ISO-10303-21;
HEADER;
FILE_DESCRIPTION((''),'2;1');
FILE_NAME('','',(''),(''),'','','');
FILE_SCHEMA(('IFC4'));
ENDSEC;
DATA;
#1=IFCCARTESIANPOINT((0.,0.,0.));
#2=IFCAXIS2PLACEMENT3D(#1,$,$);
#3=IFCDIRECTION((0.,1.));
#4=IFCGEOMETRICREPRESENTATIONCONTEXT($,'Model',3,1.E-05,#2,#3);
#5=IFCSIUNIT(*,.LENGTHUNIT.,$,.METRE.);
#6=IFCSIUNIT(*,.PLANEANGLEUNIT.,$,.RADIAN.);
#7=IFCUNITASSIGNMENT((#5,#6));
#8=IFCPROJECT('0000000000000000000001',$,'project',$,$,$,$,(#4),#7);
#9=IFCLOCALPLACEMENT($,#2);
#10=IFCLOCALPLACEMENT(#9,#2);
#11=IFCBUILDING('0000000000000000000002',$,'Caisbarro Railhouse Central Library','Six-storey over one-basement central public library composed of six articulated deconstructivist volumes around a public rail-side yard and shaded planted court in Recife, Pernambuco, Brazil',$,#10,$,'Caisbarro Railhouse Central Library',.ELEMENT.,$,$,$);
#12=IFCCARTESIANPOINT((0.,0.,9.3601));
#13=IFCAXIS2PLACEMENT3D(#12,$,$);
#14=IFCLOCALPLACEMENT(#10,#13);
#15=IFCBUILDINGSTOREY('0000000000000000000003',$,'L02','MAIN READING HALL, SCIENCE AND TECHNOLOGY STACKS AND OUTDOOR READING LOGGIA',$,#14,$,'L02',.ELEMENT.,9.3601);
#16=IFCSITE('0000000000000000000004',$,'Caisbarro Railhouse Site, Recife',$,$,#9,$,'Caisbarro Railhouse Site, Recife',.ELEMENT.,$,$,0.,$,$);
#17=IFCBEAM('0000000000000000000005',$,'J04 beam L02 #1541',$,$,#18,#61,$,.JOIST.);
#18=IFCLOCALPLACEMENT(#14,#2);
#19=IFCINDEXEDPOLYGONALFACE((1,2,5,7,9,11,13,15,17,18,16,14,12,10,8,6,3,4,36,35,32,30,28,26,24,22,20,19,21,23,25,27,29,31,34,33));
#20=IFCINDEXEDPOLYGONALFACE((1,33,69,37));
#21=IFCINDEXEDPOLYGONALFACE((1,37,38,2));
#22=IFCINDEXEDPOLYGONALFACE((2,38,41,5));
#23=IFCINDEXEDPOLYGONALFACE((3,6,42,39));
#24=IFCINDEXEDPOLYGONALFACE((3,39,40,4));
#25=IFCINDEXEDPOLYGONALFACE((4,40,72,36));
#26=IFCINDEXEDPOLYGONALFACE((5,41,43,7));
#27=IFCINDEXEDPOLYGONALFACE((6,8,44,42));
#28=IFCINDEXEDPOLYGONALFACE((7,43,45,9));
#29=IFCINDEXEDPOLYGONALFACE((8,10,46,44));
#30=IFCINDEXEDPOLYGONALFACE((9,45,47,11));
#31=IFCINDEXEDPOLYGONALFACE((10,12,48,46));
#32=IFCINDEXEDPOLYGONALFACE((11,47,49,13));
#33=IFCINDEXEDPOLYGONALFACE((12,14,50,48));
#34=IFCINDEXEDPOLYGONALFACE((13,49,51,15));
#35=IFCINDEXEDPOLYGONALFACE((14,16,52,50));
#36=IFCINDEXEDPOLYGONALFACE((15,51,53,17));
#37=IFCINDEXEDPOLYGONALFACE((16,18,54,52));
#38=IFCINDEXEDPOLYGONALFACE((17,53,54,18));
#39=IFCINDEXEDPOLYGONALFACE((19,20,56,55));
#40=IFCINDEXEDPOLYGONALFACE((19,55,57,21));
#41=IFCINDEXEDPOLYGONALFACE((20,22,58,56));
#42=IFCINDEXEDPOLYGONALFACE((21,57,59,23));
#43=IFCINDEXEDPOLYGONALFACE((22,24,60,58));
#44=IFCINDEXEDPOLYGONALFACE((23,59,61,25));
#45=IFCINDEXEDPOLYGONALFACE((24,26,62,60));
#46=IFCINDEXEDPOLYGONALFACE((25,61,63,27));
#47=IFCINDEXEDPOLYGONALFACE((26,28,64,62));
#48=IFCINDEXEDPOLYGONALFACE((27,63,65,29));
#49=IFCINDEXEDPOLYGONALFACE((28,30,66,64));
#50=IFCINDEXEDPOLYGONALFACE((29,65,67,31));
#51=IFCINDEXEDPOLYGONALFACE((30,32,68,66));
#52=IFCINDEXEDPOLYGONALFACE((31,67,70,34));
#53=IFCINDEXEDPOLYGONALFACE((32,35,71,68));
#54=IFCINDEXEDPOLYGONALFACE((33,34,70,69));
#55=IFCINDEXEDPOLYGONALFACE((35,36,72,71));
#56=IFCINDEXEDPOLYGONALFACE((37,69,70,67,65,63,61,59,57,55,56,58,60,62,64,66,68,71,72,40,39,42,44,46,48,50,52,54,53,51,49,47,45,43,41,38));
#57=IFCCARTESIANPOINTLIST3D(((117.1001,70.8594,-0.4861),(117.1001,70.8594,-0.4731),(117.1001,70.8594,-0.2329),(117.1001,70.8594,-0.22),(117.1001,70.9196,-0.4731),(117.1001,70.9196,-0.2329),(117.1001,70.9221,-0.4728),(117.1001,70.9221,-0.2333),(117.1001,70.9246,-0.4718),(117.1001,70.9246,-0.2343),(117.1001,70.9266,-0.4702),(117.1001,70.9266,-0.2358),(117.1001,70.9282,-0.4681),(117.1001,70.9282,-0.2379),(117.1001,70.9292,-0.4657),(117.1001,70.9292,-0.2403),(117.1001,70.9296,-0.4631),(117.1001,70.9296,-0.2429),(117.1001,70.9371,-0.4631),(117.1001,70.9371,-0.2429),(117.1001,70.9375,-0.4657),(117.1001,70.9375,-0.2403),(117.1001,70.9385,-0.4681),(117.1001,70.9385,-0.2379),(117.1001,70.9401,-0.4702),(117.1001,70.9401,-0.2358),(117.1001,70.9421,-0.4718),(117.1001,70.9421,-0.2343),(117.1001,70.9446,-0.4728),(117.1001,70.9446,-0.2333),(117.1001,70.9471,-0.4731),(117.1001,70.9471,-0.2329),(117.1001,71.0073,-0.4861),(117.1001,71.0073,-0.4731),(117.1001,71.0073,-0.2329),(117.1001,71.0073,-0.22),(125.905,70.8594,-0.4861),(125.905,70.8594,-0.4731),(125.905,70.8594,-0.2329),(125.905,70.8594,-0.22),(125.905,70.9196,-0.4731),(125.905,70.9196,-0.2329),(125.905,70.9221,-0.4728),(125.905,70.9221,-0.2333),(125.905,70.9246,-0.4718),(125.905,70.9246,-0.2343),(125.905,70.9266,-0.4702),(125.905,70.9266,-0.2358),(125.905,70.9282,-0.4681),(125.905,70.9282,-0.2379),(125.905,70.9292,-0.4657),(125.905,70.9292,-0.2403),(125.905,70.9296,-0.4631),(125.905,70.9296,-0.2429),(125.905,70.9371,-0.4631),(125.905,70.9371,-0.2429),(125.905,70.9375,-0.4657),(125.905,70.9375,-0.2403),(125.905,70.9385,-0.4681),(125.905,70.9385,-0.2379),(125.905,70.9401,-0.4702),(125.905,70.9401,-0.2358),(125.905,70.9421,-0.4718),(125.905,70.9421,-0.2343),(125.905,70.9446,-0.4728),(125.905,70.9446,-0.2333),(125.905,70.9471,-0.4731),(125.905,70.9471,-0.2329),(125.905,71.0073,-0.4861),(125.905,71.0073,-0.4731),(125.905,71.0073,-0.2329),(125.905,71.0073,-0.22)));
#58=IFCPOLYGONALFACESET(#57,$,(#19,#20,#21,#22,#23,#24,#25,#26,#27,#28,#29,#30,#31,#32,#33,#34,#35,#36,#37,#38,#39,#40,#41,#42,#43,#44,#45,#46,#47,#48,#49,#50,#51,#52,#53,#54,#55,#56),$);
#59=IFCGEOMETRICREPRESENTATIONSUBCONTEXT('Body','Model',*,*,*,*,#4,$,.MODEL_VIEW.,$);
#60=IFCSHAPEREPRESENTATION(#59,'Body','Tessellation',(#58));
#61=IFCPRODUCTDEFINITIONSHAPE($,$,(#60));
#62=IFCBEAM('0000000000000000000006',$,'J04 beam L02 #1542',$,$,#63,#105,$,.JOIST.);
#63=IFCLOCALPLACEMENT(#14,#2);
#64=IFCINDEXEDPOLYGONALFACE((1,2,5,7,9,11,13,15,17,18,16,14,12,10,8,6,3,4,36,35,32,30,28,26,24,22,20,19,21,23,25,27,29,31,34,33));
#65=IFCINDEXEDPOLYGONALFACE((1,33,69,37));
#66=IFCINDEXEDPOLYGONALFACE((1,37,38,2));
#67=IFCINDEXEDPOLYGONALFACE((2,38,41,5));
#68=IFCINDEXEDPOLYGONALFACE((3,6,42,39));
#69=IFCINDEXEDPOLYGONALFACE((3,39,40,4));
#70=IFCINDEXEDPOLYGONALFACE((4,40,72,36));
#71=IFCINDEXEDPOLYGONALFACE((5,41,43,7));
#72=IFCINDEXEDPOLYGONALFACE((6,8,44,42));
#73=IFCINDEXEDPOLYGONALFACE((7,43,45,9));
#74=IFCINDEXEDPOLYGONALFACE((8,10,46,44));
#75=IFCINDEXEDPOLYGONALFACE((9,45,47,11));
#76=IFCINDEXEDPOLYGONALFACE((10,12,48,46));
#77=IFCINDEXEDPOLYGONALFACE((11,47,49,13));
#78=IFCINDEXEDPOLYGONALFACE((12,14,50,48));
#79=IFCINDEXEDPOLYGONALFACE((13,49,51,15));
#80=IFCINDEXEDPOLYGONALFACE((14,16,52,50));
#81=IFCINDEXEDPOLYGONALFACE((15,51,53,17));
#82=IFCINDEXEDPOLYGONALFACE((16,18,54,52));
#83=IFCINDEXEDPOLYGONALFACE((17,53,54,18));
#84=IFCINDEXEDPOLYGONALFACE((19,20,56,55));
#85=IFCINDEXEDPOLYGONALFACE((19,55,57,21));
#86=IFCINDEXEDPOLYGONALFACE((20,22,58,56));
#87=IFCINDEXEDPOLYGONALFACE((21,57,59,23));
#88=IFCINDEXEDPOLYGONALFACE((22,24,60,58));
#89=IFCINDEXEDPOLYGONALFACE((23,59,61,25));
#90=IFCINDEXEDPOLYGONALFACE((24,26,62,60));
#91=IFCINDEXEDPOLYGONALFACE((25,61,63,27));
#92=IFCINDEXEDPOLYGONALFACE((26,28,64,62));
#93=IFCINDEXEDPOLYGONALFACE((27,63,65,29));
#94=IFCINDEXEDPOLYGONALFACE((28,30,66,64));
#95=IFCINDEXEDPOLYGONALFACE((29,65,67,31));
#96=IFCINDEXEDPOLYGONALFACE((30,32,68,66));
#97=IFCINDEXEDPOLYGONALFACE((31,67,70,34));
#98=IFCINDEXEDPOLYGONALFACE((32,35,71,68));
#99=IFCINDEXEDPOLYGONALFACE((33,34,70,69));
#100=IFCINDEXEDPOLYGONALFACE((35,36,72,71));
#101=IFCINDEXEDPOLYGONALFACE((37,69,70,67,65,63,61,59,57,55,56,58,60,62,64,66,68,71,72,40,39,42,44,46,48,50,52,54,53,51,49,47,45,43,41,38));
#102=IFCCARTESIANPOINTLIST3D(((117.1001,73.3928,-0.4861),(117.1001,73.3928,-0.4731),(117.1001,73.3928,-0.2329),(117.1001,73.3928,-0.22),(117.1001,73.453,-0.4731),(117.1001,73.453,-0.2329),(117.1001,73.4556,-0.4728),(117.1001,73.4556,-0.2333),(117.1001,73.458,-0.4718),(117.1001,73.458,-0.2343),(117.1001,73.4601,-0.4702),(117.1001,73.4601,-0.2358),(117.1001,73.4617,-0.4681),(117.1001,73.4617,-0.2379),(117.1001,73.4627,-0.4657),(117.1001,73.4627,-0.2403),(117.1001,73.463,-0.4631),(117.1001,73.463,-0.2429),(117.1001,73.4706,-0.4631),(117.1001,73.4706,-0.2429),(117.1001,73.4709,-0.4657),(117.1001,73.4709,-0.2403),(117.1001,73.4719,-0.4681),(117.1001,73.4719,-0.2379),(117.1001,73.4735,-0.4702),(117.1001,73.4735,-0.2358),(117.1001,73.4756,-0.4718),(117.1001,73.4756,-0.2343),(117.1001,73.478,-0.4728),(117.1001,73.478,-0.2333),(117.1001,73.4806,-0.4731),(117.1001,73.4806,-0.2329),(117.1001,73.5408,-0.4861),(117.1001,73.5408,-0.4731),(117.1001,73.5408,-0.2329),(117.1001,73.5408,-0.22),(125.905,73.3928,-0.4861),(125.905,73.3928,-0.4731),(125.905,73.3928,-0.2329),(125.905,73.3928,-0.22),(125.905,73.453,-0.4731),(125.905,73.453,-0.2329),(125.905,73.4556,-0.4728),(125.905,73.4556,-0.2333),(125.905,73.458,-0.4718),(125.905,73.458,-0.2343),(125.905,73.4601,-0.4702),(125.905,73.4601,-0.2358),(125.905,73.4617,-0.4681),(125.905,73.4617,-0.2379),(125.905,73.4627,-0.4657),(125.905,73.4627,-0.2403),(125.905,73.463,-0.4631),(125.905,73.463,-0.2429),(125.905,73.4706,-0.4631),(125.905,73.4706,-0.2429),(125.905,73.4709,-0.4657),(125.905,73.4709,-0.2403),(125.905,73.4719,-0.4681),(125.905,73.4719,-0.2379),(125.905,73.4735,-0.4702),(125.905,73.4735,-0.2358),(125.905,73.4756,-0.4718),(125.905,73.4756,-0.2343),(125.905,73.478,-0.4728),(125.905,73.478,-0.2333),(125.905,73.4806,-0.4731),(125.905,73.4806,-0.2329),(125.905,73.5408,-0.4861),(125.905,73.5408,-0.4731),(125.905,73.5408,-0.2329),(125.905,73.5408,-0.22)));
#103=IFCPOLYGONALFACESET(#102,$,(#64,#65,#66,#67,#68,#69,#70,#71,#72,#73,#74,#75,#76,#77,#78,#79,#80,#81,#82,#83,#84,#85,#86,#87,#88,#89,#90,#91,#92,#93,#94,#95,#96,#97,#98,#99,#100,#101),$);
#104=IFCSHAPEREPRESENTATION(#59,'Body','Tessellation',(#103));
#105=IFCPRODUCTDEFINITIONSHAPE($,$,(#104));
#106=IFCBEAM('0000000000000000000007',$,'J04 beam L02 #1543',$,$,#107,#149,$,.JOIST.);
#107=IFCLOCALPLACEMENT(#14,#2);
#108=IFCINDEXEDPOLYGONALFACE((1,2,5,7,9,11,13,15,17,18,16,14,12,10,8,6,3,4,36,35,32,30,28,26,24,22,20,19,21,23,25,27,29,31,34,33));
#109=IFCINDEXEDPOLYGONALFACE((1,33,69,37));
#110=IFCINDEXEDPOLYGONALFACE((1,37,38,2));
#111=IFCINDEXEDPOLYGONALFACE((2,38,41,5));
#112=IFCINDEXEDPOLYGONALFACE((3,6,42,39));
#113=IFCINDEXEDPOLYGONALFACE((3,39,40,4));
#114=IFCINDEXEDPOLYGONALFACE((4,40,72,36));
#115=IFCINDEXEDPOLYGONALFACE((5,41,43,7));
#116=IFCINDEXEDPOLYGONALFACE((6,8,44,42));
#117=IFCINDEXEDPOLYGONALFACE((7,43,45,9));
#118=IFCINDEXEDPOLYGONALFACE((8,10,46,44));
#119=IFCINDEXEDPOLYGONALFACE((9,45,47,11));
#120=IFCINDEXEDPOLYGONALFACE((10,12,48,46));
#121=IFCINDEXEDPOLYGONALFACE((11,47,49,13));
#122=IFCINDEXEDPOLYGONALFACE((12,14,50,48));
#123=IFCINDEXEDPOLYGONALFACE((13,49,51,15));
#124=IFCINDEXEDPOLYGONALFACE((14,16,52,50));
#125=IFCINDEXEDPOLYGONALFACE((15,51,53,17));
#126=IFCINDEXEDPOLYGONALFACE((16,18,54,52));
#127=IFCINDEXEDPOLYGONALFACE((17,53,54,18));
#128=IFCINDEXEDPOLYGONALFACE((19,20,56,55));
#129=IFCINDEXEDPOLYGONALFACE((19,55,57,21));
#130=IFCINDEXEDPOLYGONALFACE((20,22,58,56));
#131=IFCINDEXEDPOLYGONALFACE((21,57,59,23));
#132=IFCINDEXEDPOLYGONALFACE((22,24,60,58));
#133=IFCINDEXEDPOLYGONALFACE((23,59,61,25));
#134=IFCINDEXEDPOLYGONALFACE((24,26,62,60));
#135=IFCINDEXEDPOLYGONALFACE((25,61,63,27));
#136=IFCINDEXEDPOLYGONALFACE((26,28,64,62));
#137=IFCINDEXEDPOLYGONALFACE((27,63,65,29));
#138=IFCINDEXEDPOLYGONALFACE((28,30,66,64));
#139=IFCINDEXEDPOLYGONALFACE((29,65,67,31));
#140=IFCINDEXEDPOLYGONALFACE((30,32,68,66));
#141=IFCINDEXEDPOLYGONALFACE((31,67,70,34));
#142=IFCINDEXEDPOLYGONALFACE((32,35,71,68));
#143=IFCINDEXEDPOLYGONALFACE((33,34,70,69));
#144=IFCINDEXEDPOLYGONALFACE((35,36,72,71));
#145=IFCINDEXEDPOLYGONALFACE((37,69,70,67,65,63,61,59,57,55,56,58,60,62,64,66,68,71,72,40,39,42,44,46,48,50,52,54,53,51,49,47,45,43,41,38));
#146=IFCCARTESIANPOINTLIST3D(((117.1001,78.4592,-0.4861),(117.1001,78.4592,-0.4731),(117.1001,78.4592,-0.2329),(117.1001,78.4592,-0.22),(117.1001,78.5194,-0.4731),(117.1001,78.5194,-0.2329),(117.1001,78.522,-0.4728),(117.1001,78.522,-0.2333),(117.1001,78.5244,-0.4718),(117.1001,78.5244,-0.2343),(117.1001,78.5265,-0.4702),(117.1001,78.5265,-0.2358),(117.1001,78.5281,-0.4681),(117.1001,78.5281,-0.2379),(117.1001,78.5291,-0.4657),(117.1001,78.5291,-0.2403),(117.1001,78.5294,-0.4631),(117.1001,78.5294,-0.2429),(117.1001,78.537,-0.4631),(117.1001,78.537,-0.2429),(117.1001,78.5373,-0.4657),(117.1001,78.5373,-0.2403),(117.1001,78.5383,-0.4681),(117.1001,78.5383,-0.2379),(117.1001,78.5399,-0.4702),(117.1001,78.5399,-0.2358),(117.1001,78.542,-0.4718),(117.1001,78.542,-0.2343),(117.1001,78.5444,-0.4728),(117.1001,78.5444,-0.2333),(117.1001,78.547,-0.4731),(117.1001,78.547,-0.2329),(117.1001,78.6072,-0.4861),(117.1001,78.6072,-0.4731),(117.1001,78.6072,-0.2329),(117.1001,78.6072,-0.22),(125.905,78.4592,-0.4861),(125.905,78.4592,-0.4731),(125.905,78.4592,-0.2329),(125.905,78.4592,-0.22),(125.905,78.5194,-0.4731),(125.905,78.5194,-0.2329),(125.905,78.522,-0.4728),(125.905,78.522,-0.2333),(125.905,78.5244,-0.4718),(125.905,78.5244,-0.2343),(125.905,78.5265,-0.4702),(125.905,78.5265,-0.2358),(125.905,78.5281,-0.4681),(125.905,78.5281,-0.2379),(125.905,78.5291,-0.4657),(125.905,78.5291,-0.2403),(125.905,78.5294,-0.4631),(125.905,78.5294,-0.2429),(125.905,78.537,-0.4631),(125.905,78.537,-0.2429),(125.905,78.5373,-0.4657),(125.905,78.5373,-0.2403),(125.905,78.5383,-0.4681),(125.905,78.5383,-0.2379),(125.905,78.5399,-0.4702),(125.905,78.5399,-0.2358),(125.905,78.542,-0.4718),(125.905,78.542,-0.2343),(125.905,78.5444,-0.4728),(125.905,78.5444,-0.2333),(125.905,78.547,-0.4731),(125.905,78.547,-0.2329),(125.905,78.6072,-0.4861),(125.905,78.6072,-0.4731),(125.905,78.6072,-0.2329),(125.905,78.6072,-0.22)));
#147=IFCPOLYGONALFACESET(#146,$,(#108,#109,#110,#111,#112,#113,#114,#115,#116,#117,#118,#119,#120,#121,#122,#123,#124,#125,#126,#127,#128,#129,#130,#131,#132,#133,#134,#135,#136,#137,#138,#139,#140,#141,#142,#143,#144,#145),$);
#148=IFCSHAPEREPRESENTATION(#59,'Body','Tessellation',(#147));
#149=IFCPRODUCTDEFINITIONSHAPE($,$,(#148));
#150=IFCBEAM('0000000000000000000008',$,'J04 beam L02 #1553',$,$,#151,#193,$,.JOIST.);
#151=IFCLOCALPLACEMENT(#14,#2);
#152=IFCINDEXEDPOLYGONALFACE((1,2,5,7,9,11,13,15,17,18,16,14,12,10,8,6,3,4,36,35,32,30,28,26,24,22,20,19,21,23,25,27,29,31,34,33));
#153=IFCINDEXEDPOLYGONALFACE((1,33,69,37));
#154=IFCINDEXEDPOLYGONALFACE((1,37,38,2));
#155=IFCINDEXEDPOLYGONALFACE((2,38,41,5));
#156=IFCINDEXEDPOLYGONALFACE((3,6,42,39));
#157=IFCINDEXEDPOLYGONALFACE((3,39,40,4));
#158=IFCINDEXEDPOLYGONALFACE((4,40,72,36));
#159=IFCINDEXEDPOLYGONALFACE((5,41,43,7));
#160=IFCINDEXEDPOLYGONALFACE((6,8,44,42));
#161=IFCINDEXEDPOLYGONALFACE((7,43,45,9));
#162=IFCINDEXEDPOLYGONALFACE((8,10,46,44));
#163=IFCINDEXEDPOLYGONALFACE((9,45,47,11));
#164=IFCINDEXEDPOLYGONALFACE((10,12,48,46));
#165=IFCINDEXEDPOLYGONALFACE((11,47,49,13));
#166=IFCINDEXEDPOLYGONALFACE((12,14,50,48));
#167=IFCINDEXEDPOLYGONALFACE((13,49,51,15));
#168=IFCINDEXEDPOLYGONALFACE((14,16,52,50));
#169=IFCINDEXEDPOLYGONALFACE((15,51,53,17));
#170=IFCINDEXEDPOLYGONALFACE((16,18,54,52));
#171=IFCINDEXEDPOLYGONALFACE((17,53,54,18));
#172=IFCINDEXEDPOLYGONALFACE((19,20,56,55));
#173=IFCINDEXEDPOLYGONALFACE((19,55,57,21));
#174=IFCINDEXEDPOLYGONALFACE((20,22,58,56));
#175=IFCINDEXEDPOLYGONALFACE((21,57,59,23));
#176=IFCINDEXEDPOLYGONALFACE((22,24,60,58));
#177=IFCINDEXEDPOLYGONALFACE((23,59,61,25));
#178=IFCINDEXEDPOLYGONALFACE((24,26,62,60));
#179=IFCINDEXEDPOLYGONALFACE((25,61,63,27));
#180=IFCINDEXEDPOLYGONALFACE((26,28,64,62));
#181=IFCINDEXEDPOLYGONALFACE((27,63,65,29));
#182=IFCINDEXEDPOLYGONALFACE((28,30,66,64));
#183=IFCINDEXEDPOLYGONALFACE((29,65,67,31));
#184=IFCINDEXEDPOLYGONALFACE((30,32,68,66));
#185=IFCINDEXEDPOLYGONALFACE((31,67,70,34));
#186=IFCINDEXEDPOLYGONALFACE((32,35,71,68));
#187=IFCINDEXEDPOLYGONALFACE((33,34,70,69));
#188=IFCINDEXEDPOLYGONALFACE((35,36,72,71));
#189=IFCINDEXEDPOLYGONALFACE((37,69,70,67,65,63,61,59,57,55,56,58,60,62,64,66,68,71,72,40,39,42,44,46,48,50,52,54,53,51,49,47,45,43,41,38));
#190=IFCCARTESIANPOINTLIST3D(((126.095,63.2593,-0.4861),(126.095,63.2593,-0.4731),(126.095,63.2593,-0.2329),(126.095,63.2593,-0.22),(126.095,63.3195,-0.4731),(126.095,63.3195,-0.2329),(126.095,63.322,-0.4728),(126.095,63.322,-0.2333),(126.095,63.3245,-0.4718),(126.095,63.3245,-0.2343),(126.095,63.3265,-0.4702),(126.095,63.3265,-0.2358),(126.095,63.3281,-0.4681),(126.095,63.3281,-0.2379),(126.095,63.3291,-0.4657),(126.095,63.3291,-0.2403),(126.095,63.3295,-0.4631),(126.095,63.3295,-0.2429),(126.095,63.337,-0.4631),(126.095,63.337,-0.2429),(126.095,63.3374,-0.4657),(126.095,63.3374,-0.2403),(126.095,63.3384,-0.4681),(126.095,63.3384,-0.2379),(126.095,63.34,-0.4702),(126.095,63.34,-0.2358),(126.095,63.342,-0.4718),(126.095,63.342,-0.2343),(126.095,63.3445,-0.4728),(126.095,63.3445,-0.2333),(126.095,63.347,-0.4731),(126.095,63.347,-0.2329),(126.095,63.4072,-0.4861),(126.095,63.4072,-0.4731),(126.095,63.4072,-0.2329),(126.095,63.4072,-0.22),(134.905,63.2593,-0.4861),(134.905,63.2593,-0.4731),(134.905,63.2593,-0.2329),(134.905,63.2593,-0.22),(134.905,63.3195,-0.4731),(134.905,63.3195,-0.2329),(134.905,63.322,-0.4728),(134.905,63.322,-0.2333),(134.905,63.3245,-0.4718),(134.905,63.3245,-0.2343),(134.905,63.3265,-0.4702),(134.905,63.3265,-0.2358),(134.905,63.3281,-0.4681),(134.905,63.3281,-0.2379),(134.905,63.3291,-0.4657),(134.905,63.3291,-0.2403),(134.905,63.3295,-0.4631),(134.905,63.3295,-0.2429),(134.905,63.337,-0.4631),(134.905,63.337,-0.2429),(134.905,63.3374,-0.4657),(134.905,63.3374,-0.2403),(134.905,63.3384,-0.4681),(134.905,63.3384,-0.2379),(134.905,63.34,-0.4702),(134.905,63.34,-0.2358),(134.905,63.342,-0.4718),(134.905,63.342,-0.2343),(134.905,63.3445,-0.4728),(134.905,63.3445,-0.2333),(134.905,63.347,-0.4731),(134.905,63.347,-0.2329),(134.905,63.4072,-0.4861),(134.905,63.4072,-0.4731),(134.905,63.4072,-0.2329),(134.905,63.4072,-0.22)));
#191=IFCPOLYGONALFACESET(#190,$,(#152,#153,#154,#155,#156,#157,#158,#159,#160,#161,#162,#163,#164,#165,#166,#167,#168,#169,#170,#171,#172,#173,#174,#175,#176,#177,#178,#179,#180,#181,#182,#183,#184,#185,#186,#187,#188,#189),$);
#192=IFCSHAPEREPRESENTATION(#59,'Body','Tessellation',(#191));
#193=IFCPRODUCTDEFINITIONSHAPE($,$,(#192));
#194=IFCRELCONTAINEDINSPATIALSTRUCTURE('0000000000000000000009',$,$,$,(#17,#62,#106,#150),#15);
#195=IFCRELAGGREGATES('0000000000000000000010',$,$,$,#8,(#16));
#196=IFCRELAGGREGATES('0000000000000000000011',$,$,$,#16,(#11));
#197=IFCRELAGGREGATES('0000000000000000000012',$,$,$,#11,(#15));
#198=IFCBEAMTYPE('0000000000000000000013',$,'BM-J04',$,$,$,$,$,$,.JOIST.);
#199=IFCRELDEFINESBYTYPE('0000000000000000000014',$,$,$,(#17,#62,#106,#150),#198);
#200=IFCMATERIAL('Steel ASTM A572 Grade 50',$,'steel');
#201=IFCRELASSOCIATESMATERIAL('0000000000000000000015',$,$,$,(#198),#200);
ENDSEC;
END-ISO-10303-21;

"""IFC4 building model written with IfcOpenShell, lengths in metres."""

from ifc_helpers import new_model, si_unit, direction, frame, origin, origin_2d, place, context, subcontext, project, spatial, i_section, extrude, material, material_profile, profile_set, type_object, element, save


model = new_model("IFC4")

# Units and contexts
model_context = context("Model", 3, precision=1e-05, world=origin(), true_north=direction((0.0, 1.0)))
body_context = subcontext(model_context, "Body", "Model", "MODEL_VIEW")
ifc_project = project(units=[si_unit("LENGTHUNIT", "METRE"), si_unit("PLANEANGLEUNIT", "RADIAN")], contexts=[model_context])

# Site, building, storey
site_placement = place(None, origin())
site = spatial("IfcSite", under=ifc_project, at=site_placement, Name="Caisbarro Railhouse Site, Recife", LongName="Caisbarro Railhouse Site, Recife", CompositionType="ELEMENT", RefElevation=0.0)
building_placement = place(site_placement, origin())
building = spatial("IfcBuilding", under=site, at=building_placement, Name="Caisbarro Railhouse Central Library", Description="Six-storey over one-basement central public library composed of six articulated deconstructivist volumes around a public rail-side yard and shaded planted court in Recife, Pernambuco, Brazil", LongName="Caisbarro Railhouse Central Library", CompositionType="ELEMENT")
storey_placement = place(building_placement, frame((0.0, 0.0, 9.3601)))
storey = spatial("IfcBuildingStorey", under=building, at=storey_placement, Name="L02", Description="MAIN READING HALL, SCIENCE AND TECHNOLOGY STACKS AND OUTDOOR READING LOGGIA", LongName="L02", CompositionType="ELEMENT", Elevation=9.3601)

# Shared definitions
ifc_material_1 = material(Name="Steel ASTM A572 Grade 50", Category="steel")

# Beams
ifc_material_profile_1 = material_profile(ifc_material_1, i_section(OverallWidth=0.1479, OverallDepth=0.2661, WebThickness=0.0076, FlangeThickness=0.0129, FilletRadius=0.01, at=origin_2d()), Name="W250X44.8")
ifc_profile_set_1 = profile_set([ifc_material_profile_1], Name="Steel ASTM A572 Grade 50")
beam_type_1 = type_object("IfcBeamType", Name="BM-J04", PredefinedType="JOIST", material=ifc_profile_set_1)
for number, where, z_axis, x_axis, name in (
    (1, (117.1001, 70.9333, -0.353), (1.0, 0.0, 0.0), (0.0, 1.0, 0.0), "J04 beam L02 #1541"),
    (2, (117.1001, 73.4668, -0.353), (1.0, 0.0, 0.0), (0.0, 1.0, 0.0), "J04 beam L02 #1542"),
    (3, (117.1001, 78.5332, -0.353), (1.0, 0.0, 0.0), (0.0, 1.0, 0.0), "J04 beam L02 #1543"),
):
    element("IfcBeam", number, at=place(storey_placement, frame(where, z_axis=z_axis, x_axis=x_axis)), inside=storey, type_object=beam_type_1, Name=name, PredefinedType="JOIST", context=body_context, shape_type="SweptSolid", body=[
        extrude(i_section(OverallWidth=0.1479, OverallDepth=0.2661, WebThickness=0.0076, FlangeThickness=0.0129, FilletRadius=0.01, at=origin_2d()), origin(), (0.0, 0.0, 1.0), 8.8049),
    ])
for number, where, z_axis, x_axis, name in (
    (4, (126.095, 63.3333, -0.353), (1.0, 0.0, 0.0), (0.0, 1.0, 0.0), "J04 beam L02 #1553"),
):
    element("IfcBeam", number, at=place(storey_placement, frame(where, z_axis=z_axis, x_axis=x_axis)), inside=storey, type_object=beam_type_1, Name=name, PredefinedType="JOIST", context=body_context, shape_type="SweptSolid", body=[
        extrude(i_section(OverallWidth=0.1479, OverallDepth=0.2661, WebThickness=0.0076, FlangeThickness=0.0129, FilletRadius=0.01, at=origin_2d()), origin(), (0.0, 0.0, 1.0), 8.8101),
    ])

save(model, "model.ifc")
